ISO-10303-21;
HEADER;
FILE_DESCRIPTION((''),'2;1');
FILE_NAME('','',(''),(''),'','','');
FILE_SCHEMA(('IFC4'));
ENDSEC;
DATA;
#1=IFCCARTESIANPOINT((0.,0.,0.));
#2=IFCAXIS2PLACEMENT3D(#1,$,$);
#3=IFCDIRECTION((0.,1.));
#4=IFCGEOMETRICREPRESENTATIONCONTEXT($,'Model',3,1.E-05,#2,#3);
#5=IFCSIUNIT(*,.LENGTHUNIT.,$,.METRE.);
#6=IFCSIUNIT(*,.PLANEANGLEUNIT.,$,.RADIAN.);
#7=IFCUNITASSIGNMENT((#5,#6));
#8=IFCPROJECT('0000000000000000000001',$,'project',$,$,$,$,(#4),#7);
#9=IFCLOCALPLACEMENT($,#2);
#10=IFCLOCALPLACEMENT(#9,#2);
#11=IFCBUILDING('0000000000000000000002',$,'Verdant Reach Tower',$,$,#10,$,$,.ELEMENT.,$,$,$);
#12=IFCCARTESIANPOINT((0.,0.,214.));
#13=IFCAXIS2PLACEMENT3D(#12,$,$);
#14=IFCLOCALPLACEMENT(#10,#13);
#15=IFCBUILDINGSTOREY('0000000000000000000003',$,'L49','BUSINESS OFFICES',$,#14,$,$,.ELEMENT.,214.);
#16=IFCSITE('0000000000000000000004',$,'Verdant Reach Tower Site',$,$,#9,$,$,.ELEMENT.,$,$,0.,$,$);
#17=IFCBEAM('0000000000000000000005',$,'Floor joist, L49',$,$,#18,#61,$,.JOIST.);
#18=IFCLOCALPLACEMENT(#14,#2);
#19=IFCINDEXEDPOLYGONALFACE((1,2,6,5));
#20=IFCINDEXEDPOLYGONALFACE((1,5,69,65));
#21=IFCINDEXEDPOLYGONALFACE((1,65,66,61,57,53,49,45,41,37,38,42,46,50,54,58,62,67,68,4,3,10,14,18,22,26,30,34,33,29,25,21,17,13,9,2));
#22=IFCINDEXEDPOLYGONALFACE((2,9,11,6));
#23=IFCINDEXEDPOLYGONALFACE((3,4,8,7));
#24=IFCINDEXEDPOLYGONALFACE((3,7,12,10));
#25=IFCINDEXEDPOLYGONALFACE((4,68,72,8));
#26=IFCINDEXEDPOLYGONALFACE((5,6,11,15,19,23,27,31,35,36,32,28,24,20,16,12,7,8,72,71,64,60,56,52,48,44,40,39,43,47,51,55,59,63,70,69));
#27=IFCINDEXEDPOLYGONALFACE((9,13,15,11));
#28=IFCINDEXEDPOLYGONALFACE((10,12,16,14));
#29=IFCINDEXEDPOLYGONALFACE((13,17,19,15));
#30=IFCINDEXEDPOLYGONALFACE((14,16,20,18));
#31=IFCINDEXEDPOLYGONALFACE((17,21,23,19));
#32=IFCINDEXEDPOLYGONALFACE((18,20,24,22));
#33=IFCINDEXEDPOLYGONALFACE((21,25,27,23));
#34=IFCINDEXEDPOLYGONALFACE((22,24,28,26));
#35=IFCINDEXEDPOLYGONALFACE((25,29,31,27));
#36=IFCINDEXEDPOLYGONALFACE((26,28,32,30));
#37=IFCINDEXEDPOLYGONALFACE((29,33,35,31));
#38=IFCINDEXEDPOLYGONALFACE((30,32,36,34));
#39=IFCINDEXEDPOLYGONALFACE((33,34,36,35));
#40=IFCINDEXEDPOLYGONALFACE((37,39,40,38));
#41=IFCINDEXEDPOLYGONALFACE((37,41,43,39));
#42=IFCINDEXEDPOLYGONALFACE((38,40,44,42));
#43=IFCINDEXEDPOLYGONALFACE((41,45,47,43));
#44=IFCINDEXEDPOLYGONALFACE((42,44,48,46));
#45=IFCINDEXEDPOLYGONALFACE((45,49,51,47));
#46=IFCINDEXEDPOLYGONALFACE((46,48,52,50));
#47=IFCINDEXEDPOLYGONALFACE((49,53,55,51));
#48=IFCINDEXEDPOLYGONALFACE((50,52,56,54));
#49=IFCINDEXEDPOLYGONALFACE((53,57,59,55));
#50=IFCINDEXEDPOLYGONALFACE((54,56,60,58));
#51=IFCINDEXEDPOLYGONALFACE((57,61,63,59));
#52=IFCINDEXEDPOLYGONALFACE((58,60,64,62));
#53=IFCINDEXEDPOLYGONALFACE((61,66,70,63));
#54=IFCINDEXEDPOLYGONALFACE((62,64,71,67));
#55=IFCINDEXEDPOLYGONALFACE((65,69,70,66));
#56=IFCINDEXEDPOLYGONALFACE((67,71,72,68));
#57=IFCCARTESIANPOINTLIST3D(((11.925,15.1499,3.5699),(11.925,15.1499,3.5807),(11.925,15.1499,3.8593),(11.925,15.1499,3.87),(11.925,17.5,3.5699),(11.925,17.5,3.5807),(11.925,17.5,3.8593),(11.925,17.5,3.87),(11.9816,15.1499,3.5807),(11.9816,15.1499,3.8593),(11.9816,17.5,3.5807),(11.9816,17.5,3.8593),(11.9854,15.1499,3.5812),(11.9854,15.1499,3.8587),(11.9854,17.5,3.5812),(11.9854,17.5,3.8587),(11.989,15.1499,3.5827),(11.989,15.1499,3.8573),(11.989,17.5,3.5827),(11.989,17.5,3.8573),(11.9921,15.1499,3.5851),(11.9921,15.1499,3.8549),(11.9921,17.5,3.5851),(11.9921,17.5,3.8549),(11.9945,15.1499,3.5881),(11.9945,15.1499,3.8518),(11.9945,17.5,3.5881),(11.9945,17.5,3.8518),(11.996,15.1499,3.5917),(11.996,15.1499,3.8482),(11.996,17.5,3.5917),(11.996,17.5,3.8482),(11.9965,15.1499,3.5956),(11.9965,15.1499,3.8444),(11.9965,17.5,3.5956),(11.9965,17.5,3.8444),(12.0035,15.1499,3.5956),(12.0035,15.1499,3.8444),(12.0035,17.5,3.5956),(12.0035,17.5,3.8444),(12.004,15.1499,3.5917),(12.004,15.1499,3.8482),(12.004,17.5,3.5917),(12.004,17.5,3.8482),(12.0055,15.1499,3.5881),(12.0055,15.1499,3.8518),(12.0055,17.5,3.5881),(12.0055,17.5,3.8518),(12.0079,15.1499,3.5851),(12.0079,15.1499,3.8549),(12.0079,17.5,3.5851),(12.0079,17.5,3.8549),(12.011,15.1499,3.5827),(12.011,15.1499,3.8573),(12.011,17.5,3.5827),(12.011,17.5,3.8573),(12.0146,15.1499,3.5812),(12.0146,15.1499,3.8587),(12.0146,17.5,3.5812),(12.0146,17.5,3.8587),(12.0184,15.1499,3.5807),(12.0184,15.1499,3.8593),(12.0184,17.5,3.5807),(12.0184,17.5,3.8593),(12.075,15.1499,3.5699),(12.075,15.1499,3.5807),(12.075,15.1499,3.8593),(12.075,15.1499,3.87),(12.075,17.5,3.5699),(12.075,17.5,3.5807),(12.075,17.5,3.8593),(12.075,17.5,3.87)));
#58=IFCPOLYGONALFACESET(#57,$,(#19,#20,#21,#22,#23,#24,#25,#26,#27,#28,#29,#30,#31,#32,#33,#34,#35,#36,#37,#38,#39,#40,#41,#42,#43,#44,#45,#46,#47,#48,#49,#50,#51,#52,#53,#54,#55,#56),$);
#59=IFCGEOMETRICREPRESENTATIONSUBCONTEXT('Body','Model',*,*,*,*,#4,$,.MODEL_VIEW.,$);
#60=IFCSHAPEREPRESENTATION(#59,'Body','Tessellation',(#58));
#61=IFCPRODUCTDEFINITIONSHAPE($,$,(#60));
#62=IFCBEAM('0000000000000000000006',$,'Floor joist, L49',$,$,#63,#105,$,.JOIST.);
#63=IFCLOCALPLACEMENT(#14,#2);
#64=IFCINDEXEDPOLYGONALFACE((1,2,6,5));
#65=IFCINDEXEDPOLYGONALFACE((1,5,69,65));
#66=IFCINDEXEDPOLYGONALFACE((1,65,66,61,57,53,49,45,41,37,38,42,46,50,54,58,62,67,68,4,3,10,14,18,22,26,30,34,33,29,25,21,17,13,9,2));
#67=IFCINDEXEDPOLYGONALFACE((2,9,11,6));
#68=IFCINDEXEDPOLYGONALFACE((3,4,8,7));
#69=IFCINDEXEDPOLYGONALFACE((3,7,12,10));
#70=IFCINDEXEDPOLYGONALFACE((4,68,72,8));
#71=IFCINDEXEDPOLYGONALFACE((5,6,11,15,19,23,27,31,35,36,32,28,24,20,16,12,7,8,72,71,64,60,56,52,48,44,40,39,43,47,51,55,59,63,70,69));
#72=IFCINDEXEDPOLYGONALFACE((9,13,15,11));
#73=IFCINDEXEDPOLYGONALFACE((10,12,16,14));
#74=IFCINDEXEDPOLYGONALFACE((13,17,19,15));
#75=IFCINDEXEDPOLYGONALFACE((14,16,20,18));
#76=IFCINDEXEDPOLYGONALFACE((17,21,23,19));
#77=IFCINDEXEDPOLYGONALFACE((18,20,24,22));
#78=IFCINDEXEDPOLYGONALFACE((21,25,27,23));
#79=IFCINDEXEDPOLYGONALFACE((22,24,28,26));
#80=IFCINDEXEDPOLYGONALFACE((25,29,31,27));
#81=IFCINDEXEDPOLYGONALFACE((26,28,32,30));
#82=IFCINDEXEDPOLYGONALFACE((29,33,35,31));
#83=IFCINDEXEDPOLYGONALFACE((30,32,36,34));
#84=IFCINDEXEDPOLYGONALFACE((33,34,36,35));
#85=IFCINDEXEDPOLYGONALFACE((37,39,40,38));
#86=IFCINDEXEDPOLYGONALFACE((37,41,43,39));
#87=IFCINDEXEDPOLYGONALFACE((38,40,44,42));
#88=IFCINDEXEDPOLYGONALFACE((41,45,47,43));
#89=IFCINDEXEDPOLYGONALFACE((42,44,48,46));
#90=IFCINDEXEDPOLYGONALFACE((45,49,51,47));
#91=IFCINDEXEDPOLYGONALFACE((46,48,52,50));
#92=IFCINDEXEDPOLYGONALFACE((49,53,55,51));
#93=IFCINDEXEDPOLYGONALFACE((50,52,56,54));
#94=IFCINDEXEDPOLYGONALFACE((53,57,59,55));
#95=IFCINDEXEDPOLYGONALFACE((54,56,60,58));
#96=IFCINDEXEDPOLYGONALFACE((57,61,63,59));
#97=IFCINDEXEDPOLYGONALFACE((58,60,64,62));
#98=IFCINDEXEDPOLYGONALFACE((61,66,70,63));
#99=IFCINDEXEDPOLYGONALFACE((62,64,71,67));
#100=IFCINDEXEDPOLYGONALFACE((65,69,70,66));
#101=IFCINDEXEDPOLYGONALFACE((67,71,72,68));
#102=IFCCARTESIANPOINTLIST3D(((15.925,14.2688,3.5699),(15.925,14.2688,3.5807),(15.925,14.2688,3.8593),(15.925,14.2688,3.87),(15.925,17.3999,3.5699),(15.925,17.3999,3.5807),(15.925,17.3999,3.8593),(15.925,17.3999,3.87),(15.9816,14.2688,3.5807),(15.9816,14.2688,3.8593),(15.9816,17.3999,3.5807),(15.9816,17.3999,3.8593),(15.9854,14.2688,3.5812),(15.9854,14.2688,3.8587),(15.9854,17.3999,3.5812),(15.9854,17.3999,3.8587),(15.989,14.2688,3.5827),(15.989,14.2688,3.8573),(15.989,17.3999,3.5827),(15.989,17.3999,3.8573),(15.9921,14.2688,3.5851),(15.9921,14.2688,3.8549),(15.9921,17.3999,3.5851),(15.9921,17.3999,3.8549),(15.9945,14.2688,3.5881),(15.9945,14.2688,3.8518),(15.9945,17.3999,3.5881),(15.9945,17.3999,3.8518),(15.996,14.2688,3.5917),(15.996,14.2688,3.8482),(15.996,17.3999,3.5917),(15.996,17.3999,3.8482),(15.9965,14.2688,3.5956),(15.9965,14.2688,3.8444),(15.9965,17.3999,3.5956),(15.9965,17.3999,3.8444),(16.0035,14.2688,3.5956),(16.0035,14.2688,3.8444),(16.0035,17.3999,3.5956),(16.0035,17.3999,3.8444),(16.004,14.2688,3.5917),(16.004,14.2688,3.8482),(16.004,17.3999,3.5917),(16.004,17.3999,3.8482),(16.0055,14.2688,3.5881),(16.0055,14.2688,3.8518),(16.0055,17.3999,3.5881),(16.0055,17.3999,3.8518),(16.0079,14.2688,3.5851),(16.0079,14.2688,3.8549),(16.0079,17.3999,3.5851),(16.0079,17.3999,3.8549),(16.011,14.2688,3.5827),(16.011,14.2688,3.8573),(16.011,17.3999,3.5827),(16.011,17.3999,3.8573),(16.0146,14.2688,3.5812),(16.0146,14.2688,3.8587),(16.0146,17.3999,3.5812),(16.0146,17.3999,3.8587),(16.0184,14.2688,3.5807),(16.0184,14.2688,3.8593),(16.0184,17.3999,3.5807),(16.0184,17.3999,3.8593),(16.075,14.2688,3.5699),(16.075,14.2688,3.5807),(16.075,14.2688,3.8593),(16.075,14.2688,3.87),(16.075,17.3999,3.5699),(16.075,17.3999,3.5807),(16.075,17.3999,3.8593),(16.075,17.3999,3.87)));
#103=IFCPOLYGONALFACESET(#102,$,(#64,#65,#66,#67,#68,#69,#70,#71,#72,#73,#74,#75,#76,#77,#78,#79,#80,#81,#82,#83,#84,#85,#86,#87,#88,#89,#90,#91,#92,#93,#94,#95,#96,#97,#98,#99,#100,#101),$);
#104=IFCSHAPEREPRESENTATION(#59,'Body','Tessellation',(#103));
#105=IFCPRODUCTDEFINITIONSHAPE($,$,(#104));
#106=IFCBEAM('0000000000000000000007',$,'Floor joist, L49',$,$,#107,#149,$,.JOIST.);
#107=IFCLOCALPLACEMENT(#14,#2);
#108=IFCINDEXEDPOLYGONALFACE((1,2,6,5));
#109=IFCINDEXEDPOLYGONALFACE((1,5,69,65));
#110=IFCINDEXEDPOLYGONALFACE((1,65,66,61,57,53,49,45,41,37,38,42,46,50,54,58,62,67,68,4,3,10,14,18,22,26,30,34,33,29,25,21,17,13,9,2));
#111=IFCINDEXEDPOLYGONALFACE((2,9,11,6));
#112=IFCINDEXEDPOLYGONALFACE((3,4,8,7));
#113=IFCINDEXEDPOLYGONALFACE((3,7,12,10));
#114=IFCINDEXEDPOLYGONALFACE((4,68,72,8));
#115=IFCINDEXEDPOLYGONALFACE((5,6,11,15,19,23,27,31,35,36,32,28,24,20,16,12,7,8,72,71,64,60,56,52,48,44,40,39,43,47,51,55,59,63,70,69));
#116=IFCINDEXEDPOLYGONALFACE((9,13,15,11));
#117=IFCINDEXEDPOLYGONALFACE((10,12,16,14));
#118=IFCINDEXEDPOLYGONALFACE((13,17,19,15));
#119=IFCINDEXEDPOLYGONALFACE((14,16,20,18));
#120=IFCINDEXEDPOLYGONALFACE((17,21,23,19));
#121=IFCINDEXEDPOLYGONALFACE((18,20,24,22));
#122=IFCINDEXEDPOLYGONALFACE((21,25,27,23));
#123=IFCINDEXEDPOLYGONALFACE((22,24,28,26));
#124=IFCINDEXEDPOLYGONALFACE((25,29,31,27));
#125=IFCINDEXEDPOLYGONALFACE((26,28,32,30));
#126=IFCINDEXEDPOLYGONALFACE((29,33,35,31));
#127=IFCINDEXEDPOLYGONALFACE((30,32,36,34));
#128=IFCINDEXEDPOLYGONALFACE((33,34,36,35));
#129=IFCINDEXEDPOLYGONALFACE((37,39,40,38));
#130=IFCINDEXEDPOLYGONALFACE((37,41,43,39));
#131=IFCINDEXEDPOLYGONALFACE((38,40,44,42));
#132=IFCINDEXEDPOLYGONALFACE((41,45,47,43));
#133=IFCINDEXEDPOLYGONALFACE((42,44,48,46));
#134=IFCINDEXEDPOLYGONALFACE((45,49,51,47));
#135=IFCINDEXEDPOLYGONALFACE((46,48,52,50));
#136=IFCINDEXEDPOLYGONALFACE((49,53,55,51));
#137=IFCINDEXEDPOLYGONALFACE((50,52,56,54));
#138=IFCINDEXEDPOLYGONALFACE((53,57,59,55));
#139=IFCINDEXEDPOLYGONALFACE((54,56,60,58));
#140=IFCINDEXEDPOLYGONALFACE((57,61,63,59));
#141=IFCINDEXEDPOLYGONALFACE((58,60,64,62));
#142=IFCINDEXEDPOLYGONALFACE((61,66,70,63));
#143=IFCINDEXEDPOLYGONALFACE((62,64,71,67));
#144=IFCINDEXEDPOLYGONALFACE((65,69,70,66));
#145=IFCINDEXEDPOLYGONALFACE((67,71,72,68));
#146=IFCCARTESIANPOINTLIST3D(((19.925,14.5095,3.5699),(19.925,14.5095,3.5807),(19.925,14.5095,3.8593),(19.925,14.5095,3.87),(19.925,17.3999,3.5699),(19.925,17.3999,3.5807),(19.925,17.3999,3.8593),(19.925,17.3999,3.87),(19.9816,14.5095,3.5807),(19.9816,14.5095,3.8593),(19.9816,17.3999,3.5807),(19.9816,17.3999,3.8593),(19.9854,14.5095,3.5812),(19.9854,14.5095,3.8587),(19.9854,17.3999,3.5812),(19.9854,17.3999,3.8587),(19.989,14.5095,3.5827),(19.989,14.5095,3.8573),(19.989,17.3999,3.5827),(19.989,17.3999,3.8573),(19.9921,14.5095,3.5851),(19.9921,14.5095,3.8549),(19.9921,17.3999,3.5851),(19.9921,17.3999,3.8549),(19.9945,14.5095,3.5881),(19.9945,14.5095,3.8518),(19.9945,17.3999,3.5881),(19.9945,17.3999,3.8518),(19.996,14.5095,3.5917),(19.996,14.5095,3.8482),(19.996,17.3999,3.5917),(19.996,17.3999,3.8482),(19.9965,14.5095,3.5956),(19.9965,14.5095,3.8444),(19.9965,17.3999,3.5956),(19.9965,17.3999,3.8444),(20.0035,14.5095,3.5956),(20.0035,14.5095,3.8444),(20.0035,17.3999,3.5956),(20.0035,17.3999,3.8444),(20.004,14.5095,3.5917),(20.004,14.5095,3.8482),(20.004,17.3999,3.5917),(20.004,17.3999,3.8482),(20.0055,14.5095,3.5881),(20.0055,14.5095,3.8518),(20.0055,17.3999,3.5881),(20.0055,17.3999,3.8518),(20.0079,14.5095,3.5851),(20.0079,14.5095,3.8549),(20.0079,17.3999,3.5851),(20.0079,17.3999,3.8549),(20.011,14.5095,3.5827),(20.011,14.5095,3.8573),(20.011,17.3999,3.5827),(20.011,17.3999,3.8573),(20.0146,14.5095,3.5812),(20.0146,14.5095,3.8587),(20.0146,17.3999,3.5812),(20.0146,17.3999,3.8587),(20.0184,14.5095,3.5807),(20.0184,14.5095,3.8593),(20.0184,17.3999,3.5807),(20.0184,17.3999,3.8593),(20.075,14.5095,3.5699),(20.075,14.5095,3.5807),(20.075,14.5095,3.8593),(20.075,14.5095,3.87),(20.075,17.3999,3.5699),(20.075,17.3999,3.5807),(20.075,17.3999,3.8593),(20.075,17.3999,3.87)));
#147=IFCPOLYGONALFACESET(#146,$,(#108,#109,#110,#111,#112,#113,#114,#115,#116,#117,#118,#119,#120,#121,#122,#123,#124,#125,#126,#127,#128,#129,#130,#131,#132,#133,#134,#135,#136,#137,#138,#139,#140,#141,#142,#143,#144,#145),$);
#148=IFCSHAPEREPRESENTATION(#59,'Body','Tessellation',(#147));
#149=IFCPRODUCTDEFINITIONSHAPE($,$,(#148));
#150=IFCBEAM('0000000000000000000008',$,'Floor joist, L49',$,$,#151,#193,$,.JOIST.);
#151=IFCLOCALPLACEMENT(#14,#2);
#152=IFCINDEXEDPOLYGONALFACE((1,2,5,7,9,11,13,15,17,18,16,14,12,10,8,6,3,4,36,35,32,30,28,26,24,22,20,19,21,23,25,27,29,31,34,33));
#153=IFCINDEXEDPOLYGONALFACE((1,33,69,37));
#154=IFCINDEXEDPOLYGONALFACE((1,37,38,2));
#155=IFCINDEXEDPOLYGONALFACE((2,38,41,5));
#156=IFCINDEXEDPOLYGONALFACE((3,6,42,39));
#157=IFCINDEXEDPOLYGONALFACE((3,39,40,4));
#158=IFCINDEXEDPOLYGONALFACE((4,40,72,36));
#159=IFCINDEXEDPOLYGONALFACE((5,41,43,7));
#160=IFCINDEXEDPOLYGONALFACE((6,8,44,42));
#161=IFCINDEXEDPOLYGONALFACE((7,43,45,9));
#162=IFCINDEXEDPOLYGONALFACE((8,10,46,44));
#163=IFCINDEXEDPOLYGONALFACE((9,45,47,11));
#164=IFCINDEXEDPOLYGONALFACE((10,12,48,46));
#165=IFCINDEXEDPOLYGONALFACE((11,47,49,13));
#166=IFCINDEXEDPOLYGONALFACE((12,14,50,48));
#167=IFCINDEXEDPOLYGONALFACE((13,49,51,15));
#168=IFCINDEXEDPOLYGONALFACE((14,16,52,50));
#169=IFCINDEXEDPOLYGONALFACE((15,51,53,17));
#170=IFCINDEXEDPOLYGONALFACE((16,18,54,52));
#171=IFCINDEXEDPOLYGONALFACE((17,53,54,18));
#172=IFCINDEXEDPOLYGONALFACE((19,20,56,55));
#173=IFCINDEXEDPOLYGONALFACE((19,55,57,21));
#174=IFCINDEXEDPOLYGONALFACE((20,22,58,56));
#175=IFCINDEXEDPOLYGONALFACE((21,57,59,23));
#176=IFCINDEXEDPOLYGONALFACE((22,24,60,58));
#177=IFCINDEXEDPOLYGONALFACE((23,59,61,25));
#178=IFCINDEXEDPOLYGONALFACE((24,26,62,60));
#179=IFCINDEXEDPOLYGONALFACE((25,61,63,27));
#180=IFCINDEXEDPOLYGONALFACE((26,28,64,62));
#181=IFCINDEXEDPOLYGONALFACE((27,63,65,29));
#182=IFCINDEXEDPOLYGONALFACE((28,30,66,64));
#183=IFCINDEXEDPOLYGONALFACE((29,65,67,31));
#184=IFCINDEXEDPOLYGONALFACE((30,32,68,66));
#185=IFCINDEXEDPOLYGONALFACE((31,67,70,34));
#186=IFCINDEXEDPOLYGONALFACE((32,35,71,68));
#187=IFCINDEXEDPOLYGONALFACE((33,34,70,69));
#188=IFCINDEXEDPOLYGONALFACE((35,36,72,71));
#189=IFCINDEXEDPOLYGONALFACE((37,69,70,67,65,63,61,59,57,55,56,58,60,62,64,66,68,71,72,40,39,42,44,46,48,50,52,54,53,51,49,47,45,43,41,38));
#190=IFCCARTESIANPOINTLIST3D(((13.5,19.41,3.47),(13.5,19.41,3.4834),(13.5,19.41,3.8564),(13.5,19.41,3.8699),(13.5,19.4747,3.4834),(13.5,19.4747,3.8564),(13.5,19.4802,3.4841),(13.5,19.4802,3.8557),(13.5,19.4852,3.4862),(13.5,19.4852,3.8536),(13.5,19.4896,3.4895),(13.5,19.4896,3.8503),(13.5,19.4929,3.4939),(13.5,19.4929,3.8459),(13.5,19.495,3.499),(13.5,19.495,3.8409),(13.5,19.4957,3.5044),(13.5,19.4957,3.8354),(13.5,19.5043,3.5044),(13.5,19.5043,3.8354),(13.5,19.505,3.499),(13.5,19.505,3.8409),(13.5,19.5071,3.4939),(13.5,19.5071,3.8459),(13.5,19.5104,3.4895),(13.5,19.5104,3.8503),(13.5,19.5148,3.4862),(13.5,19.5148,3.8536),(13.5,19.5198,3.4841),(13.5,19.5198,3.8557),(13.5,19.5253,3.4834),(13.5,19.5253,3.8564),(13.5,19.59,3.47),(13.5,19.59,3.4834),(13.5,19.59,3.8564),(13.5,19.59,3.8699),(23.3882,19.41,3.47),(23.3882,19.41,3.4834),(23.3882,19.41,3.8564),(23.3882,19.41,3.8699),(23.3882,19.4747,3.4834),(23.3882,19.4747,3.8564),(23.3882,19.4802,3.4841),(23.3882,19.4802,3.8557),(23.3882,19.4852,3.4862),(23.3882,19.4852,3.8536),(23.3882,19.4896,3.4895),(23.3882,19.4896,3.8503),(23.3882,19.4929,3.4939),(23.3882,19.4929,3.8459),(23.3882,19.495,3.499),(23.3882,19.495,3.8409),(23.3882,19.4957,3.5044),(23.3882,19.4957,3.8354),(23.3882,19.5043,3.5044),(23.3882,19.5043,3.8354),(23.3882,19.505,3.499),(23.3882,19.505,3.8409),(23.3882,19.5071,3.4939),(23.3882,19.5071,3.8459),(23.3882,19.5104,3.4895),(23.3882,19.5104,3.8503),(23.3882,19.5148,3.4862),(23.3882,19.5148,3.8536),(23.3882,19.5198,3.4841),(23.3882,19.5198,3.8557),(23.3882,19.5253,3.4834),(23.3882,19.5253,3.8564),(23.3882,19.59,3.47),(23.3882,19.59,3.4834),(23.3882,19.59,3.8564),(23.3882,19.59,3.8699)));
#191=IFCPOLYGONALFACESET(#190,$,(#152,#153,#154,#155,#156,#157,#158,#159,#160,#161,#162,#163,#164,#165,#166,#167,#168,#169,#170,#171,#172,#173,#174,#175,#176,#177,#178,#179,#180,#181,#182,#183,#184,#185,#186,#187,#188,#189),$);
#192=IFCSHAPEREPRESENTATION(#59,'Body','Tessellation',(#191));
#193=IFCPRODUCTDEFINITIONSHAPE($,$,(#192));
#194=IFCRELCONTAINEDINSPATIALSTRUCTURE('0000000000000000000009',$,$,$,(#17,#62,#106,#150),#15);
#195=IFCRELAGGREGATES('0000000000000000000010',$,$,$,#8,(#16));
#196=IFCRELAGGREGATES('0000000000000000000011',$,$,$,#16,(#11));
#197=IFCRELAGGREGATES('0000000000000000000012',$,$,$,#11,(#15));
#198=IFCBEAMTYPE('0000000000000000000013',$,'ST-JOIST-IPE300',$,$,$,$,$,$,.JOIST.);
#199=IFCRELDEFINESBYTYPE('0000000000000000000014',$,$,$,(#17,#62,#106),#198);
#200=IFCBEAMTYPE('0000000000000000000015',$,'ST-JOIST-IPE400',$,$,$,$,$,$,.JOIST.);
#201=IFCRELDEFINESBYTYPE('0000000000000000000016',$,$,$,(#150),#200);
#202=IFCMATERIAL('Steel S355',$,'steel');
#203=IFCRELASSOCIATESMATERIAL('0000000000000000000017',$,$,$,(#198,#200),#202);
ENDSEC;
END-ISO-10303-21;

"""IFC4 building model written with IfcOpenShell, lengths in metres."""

from ifc_helpers import new_model, si_unit, direction, frame, origin, origin_2d, place, context, subcontext, project, spatial, i_section, extrude, material, material_profile, profile_set, type_object, element, save


model = new_model("IFC4")

# Units and contexts
model_context = context("Model", 3, precision=1e-05, world=origin(), true_north=direction((0.0, 1.0)))
body_context = subcontext(model_context, "Body", "Model", "MODEL_VIEW")
ifc_project = project(units=[si_unit("LENGTHUNIT", "METRE"), si_unit("PLANEANGLEUNIT", "RADIAN")], contexts=[model_context])

# Site, building, storey
site_placement = place(None, origin())
site = spatial("IfcSite", under=ifc_project, at=site_placement, Name="Verdant Reach Tower Site", CompositionType="ELEMENT", RefElevation=0.0)
building_placement = place(site_placement, origin())
building = spatial("IfcBuilding", under=site, at=building_placement, Name="Verdant Reach Tower", CompositionType="ELEMENT")
storey_placement = place(building_placement, frame((0.0, 0.0, 214.0)))
storey = spatial("IfcBuildingStorey", under=building, at=storey_placement, Name="L49", Description="BUSINESS OFFICES", CompositionType="ELEMENT", Elevation=214.0)

# Beams
ifc_material_1 = material(Name="Steel S355", Category="steel")
ifc_material_profile_1 = material_profile(ifc_material_1, i_section(OverallWidth=0.1499, OverallDepth=0.3, WebThickness=0.0071, FlangeThickness=0.0107, FilletRadius=0.0149, at=origin_2d()), Name="IPE 300")
ifc_profile_set_1 = profile_set([ifc_material_profile_1], Name="Steel S355")
beam_type_1 = type_object("IfcBeamType", Name="ST-JOIST-IPE300", PredefinedType="JOIST", material=ifc_profile_set_1)
beam_1_placement = place(storey_placement, frame((12.0, 17.5, 3.72), z_axis=(0.0, -1.0, 0.0), x_axis=(1.0, 0.0, 0.0)))
element("IfcBeam", 1, at=beam_1_placement, inside=storey, type_object=beam_type_1, Name="Floor joist, L49", PredefinedType="JOIST", context=body_context, shape_type="SweptSolid", body=[
    extrude(i_section(OverallWidth=0.1499, OverallDepth=0.3, WebThickness=0.0071, FlangeThickness=0.0107, FilletRadius=0.0149, at=origin_2d()), origin(), (0.0, 0.0, 1.0), 2.3501),
])
beam_2_placement = place(storey_placement, frame((16.0, 17.3999, 3.72), z_axis=(0.0, -1.0, 0.0), x_axis=(1.0, 0.0, 0.0)))
element("IfcBeam", 2, at=beam_2_placement, inside=storey, type_object=beam_type_1, Name="Floor joist, L49", PredefinedType="JOIST", context=body_context, shape_type="SweptSolid", body=[
    extrude(i_section(OverallWidth=0.1499, OverallDepth=0.3, WebThickness=0.0071, FlangeThickness=0.0107, FilletRadius=0.0149, at=origin_2d()), origin(), (0.0, 0.0, 1.0), 3.1311),
])
beam_3_placement = place(storey_placement, frame((20.0, 17.3999, 3.72), z_axis=(0.0, -1.0, 0.0), x_axis=(1.0, 0.0, 0.0)))
element("IfcBeam", 3, at=beam_3_placement, inside=storey, type_object=beam_type_1, Name="Floor joist, L49", PredefinedType="JOIST", context=body_context, shape_type="SweptSolid", body=[
    extrude(i_section(OverallWidth=0.1499, OverallDepth=0.3, WebThickness=0.0071, FlangeThickness=0.0107, FilletRadius=0.0149, at=origin_2d()), origin(), (0.0, 0.0, 1.0), 2.8904),
])
ifc_material_profile_2 = material_profile(ifc_material_1, i_section(OverallWidth=0.1799, OverallDepth=0.3999, WebThickness=0.0085, FlangeThickness=0.0134, FilletRadius=0.021, at=origin_2d()), Name="IPE 400")
ifc_profile_set_2 = profile_set([ifc_material_profile_2], Name="Steel S355")
beam_type_2 = type_object("IfcBeamType", Name="ST-JOIST-IPE400", PredefinedType="JOIST", material=ifc_profile_set_2)
beam_4_placement = place(storey_placement, frame((13.5, 19.5, 3.6699), z_axis=(1.0, 0.0, 0.0), x_axis=(0.0, 1.0, 0.0)))
element("IfcBeam", 4, at=beam_4_placement, inside=storey, type_object=beam_type_2, Name="Floor joist, L49", PredefinedType="JOIST", context=body_context, shape_type="SweptSolid", body=[
    extrude(i_section(OverallWidth=0.1799, OverallDepth=0.3999, WebThickness=0.0085, FlangeThickness=0.0134, FilletRadius=0.021, at=origin_2d()), origin(), (0.0, 0.0, 1.0), 9.8882),
])

save(model, "model.ifc")
